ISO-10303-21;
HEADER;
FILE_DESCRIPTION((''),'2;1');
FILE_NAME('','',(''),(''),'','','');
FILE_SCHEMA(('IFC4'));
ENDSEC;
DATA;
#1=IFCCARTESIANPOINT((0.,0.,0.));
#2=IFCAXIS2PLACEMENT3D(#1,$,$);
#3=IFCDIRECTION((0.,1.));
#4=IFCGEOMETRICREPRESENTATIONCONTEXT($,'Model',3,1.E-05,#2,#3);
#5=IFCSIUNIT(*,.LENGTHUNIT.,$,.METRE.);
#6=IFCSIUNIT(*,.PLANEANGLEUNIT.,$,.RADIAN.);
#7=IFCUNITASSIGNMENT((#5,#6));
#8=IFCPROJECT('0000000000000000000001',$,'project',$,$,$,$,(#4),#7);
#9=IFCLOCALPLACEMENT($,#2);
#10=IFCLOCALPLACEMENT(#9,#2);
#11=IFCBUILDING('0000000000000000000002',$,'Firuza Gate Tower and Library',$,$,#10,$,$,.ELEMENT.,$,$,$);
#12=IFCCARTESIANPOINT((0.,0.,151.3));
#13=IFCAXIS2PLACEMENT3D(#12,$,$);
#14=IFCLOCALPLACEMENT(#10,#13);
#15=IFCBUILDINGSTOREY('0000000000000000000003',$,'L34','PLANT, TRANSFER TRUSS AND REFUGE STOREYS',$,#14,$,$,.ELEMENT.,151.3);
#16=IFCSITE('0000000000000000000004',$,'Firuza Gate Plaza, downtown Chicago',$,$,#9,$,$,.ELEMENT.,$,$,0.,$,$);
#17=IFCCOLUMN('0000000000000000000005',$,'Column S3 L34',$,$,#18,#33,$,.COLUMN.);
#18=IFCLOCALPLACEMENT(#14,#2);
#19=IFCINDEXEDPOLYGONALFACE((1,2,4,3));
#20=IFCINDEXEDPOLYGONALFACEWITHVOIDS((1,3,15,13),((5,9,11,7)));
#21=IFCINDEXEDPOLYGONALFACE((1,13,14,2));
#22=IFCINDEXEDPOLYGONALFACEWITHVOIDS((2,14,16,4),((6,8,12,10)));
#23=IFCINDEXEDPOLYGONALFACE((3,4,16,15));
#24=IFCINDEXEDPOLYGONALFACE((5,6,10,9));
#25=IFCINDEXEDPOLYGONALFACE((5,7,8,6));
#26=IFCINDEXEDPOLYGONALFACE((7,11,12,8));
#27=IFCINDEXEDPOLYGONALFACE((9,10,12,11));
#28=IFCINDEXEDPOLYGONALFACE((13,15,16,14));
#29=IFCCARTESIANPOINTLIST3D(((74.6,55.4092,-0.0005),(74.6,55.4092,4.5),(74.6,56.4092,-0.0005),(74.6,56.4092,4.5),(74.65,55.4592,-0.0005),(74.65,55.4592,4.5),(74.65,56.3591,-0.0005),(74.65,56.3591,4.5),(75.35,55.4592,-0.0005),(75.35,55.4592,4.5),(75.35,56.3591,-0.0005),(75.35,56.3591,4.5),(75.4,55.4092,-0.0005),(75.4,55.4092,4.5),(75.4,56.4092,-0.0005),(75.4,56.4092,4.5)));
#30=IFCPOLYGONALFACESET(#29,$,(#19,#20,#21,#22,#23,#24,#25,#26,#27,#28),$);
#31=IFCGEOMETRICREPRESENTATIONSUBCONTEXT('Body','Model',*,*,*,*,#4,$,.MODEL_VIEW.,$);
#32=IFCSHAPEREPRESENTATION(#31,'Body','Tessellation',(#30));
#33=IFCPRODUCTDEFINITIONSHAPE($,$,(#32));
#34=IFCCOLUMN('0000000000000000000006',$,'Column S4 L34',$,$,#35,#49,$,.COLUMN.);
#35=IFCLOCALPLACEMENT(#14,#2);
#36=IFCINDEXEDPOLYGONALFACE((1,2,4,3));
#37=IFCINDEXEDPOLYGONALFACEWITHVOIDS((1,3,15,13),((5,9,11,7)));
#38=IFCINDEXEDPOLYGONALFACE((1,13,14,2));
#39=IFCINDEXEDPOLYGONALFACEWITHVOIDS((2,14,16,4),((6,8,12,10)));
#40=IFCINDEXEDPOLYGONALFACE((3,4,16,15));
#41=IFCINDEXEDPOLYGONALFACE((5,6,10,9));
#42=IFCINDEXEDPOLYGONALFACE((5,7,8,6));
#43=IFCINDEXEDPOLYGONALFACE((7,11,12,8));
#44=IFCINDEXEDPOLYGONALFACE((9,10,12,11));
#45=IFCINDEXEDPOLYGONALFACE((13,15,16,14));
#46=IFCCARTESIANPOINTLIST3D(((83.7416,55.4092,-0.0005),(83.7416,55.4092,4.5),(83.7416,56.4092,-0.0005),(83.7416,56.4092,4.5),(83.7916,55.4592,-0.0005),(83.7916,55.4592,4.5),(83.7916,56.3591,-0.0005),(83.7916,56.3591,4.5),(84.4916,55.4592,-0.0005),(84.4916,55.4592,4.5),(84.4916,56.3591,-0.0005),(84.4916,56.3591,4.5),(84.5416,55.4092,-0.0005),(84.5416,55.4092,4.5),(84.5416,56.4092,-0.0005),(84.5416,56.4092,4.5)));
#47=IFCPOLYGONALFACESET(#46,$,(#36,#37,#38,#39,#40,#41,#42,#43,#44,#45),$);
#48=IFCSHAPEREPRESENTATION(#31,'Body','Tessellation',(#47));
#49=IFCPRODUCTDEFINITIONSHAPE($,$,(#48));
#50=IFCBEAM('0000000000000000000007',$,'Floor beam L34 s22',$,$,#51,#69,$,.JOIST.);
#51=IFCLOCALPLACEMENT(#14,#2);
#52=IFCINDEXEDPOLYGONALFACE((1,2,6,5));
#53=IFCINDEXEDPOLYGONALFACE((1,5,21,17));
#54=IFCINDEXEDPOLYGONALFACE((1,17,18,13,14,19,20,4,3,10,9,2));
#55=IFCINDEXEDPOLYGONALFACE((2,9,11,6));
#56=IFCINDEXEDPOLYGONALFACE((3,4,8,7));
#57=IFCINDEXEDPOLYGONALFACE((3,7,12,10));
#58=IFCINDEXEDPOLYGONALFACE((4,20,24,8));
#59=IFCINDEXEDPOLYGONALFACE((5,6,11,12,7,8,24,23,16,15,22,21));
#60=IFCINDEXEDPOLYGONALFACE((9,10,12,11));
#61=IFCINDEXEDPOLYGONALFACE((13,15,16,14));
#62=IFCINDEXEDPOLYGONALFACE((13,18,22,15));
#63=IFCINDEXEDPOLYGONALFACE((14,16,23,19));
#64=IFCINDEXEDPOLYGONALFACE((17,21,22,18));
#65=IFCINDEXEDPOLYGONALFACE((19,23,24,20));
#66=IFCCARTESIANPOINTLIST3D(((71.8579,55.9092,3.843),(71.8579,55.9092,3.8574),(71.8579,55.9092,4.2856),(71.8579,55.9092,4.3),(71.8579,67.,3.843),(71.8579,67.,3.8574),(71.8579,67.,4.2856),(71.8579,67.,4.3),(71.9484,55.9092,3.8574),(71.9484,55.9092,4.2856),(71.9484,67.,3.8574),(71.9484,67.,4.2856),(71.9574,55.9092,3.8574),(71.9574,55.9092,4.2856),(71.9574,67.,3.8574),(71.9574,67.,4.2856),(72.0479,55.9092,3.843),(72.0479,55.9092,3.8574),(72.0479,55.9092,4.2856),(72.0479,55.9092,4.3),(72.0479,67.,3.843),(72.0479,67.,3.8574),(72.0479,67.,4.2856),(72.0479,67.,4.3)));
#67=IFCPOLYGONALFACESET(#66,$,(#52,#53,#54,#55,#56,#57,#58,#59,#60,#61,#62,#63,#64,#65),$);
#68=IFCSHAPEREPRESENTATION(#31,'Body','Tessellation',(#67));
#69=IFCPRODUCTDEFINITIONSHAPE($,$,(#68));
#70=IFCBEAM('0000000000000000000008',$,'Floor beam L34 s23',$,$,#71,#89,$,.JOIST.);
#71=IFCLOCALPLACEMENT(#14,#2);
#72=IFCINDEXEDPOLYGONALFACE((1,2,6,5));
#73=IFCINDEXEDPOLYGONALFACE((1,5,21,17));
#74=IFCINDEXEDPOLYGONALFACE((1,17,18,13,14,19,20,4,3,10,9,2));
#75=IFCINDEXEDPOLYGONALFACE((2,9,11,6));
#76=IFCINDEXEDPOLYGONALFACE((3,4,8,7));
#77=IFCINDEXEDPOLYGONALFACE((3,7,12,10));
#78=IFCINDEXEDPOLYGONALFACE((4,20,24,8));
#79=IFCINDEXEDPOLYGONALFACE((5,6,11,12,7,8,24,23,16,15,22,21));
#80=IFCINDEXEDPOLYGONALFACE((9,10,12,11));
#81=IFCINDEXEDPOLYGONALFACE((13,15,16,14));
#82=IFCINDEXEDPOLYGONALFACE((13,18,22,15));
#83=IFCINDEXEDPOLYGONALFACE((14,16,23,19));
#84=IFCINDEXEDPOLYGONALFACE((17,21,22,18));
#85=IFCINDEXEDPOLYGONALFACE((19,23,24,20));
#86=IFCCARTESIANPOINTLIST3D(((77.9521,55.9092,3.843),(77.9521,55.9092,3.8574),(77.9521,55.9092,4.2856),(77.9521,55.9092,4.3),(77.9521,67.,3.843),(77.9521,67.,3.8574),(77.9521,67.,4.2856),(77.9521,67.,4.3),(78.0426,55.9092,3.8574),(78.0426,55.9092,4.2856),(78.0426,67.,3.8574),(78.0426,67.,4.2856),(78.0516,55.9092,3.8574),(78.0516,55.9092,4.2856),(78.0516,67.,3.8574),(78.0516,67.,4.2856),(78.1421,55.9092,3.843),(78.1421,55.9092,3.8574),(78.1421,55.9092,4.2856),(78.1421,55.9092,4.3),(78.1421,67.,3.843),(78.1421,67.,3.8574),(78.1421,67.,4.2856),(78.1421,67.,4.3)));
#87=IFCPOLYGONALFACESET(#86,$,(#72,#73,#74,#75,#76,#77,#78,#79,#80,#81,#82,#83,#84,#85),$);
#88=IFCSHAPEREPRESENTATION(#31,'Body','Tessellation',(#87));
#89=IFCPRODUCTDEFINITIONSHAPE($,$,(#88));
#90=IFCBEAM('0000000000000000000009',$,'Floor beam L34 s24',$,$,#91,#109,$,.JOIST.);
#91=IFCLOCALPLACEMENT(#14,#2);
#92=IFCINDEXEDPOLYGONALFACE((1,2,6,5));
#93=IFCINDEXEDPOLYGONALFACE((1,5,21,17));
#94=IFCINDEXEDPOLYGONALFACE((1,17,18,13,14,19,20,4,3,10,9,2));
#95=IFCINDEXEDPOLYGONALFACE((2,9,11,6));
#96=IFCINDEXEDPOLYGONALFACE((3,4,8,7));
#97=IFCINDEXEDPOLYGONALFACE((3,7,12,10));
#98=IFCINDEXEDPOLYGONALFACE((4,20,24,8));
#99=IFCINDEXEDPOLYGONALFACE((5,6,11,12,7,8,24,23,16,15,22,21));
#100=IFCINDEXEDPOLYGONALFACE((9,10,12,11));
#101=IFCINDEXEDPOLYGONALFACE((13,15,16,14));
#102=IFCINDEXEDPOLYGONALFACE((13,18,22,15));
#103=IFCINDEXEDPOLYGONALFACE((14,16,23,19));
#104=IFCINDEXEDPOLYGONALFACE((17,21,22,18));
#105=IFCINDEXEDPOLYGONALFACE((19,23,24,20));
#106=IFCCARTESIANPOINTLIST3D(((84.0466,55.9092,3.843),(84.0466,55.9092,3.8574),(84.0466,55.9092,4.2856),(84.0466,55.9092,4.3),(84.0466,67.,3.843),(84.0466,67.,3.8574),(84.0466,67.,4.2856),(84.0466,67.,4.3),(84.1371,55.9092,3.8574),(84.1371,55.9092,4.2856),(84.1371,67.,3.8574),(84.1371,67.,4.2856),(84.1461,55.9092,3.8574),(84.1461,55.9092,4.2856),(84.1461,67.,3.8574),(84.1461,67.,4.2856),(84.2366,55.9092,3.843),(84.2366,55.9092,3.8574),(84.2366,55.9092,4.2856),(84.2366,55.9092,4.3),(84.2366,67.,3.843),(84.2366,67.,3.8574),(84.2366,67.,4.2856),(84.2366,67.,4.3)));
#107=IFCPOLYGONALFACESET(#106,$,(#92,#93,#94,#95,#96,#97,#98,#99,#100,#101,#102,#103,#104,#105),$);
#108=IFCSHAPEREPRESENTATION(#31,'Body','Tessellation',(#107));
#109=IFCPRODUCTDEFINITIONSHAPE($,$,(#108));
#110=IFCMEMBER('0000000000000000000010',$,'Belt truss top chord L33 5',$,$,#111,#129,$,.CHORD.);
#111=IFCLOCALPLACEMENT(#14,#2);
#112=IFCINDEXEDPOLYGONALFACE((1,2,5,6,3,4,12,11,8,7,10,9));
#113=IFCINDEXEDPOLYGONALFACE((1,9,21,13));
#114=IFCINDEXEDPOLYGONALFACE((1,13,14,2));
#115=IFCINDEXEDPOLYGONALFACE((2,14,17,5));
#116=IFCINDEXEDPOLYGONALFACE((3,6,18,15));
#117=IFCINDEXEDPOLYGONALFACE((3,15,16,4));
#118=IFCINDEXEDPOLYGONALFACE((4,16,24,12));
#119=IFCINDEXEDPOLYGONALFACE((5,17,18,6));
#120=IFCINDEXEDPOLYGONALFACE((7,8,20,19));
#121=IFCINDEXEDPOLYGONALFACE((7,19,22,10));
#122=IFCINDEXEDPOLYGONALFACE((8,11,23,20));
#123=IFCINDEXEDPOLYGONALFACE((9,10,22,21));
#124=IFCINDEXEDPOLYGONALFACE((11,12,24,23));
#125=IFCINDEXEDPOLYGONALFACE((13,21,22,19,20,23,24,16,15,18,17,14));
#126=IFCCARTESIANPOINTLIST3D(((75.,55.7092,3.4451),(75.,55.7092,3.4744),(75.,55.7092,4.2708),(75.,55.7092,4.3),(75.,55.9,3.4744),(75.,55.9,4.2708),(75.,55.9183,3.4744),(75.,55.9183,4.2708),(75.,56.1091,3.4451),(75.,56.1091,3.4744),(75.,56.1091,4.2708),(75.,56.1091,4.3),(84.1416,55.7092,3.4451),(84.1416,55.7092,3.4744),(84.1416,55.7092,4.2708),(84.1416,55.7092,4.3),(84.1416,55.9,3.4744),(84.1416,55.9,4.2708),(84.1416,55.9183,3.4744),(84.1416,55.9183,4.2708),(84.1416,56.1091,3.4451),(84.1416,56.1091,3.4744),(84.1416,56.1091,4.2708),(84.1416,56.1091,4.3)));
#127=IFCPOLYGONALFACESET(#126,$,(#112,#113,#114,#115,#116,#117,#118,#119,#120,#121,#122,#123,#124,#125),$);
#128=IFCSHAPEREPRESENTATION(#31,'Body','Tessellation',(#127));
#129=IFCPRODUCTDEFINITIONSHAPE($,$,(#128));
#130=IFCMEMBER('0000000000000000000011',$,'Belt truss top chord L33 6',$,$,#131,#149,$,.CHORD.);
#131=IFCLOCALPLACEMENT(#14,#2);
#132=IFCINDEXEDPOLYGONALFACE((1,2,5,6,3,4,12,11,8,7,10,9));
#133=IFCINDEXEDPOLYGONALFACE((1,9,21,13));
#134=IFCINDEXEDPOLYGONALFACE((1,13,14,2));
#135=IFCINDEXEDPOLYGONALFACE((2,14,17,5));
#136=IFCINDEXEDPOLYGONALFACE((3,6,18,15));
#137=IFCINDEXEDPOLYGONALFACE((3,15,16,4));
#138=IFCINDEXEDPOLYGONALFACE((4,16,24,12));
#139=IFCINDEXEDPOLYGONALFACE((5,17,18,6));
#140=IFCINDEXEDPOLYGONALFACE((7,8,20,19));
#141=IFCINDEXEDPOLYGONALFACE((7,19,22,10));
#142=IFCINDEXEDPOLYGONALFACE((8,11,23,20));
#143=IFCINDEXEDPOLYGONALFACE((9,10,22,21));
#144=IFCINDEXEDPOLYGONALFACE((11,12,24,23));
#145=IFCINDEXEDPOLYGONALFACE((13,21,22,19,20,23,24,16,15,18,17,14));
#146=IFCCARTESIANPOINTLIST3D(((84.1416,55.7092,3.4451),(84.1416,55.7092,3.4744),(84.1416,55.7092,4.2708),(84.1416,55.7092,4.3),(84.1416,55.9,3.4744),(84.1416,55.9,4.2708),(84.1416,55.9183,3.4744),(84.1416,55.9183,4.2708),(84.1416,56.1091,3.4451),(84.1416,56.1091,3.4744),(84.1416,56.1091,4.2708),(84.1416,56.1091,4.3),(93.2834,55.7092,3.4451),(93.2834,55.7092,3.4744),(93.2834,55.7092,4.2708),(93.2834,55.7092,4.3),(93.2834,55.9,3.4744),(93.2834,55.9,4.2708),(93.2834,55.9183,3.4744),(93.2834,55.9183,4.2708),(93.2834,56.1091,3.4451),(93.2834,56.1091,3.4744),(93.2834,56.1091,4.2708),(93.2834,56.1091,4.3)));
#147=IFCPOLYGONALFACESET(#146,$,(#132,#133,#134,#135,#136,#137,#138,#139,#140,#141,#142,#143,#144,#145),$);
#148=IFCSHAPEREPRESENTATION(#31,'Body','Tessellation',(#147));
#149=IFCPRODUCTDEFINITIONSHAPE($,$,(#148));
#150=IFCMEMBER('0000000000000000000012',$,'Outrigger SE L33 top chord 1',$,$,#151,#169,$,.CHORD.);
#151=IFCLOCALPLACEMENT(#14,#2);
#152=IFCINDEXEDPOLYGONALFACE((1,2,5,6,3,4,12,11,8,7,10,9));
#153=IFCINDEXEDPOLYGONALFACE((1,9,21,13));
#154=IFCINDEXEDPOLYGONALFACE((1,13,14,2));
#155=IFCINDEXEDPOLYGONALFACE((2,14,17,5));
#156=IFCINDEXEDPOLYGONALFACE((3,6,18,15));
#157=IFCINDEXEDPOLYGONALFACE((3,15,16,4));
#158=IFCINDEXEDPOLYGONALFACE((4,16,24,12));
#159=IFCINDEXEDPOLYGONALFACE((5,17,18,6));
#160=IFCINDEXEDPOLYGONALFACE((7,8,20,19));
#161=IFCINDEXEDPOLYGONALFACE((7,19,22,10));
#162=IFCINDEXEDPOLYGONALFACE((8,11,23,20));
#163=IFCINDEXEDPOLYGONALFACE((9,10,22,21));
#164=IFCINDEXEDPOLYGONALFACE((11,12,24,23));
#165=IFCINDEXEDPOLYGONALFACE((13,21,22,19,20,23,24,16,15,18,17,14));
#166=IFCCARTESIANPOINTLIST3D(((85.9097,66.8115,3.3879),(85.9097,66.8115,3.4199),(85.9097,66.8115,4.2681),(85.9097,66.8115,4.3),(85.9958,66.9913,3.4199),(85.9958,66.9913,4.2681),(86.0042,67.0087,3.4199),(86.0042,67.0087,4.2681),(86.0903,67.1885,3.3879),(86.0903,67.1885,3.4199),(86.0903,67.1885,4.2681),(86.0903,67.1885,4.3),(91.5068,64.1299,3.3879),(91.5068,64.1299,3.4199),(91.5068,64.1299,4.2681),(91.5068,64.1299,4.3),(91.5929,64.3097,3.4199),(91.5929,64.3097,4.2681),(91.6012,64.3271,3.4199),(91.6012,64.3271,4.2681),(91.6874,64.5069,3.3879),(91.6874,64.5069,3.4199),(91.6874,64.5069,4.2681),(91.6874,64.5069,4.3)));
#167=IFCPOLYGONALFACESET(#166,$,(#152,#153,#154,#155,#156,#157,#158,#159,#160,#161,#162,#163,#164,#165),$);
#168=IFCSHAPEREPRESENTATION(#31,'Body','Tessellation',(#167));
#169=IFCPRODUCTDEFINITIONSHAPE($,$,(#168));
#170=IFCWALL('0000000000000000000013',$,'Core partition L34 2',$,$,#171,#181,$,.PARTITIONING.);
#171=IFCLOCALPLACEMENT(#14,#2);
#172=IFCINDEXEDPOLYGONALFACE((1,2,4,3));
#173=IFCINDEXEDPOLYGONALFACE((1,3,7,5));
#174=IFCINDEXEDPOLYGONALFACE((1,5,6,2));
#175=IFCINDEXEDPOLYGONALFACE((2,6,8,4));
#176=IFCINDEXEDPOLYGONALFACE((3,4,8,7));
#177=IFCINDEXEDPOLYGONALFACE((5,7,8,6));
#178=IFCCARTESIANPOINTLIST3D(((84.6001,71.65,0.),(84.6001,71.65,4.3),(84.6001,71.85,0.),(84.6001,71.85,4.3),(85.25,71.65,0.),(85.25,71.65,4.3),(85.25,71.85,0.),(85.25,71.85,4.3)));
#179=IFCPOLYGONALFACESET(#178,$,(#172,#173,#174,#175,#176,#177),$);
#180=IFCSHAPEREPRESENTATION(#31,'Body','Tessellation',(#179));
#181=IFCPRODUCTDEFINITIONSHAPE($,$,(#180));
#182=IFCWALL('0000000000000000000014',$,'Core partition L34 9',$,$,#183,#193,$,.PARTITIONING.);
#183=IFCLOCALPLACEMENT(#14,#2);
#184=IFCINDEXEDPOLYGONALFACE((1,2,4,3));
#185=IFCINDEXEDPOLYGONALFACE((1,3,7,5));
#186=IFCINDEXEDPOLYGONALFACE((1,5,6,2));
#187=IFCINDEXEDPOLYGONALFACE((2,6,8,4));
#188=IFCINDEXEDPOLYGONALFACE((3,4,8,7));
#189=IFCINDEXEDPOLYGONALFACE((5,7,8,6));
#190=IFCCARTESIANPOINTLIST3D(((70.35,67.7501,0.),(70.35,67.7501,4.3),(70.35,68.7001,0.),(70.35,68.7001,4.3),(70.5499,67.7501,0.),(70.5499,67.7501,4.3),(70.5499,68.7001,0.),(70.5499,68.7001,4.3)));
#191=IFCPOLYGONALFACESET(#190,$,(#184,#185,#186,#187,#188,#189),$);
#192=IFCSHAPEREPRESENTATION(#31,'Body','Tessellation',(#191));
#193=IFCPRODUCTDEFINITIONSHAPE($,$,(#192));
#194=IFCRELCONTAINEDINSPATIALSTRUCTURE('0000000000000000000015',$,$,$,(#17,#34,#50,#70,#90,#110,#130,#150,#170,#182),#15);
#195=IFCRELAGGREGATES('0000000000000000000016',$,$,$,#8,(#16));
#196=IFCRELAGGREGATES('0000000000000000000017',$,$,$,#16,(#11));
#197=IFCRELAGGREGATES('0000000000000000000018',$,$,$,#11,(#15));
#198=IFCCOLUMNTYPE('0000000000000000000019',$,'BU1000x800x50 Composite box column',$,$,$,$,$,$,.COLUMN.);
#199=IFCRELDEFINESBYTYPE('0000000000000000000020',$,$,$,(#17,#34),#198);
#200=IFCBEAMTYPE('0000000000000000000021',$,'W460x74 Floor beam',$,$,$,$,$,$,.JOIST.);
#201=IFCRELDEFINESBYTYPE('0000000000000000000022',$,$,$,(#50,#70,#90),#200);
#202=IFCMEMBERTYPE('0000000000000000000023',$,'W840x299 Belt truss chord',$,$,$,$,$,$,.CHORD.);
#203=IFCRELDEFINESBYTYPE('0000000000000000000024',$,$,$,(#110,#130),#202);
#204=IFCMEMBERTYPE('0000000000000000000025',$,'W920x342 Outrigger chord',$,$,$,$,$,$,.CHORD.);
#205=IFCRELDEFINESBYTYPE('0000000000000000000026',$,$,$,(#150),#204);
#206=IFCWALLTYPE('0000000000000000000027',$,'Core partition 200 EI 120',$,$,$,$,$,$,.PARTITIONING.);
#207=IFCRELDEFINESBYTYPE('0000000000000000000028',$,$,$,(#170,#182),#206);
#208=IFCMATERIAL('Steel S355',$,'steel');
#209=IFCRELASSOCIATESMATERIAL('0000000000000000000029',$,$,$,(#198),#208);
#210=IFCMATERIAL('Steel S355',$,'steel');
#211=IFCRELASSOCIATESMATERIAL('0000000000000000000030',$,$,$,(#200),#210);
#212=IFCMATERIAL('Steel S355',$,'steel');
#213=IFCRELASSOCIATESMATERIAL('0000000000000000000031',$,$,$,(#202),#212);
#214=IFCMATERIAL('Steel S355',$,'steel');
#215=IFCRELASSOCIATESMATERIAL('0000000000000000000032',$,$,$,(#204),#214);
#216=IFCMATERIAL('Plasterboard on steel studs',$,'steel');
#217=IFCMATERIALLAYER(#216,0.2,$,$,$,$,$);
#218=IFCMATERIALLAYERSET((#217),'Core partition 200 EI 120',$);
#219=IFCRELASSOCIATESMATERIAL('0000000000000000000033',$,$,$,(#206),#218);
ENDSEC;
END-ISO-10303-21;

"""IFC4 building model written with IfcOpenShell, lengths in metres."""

from ifc_helpers import new_model, si_unit, direction, frame, frame_2d, origin, origin_2d, place, context, subcontext, project, spatial, rectangle, hollow_rectangle, i_section, extrude, material, layer, layer_set, material_profile, profile_set, type_object, element, save


model = new_model("IFC4")

# Units and contexts
model_context = context("Model", 3, precision=1e-05, world=origin(), true_north=direction((0.0, 1.0)))
body_context = subcontext(model_context, "Body", "Model", "MODEL_VIEW")
ifc_project = project(units=[si_unit("LENGTHUNIT", "METRE"), si_unit("PLANEANGLEUNIT", "RADIAN")], contexts=[model_context])

# Site, building, storey
site_placement = place(None, origin())
site = spatial("IfcSite", under=ifc_project, at=site_placement, Name="Firuza Gate Plaza, downtown Chicago", CompositionType="ELEMENT", RefElevation=0.0)
building_placement = place(site_placement, origin())
building = spatial("IfcBuilding", under=site, at=building_placement, Name="Firuza Gate Tower and Library", CompositionType="ELEMENT")
storey_placement = place(building_placement, frame((0.0, 0.0, 151.3)))
storey = spatial("IfcBuildingStorey", under=building, at=storey_placement, Name="L34", Description="PLANT, TRANSFER TRUSS AND REFUGE STOREYS", CompositionType="ELEMENT", Elevation=151.3)

# Columns
ifc_material_1 = material(Name="Steel S355", Category="steel")
ifc_material_profile_1 = material_profile(ifc_material_1, hollow_rectangle(XDim=0.8, YDim=1.0, WallThickness=0.05, at=origin_2d()))
ifc_profile_set_1 = profile_set([ifc_material_profile_1], Name="Steel S355")
column_type = type_object("IfcColumnType", Name="BU1000x800x50 Composite box column", PredefinedType="COLUMN", material=ifc_profile_set_1)
for number, where, z_axis, x_axis, name in (
    (1, (75.0, 55.9092, -0.0005), (0.0, 0.0, 1.0), (1.0, 0.0, 0.0), "Column S3 L34"),
    (2, (84.1416, 55.9092, -0.0005), (0.0, 0.0, 1.0), (1.0, 0.0, 0.0), "Column S4 L34"),
):
    element("IfcColumn", number, at=place(storey_placement, frame(where, z_axis=z_axis, x_axis=x_axis)), inside=storey, type_object=column_type, Name=name, PredefinedType="COLUMN", context=body_context, shape_type="SweptSolid", body=[
        extrude(hollow_rectangle(XDim=0.8, YDim=1.0, WallThickness=0.05, at=origin_2d()), origin(), (0.0, 0.0, 1.0), 4.5005),
    ])

# Beams
ifc_material_2 = material(Name="Steel S355", Category="steel")
ifc_material_profile_2 = material_profile(ifc_material_2, i_section(OverallWidth=0.1899, OverallDepth=0.457, WebThickness=0.009, FlangeThickness=0.0144, at=origin_2d()))
ifc_profile_set_2 = profile_set([ifc_material_profile_2], Name="Steel S355")
beam_type = type_object("IfcBeamType", Name="W460x74 Floor beam", PredefinedType="JOIST", material=ifc_profile_set_2)
for number, where, z_axis, x_axis, name in (
    (3, (71.9529, 55.9092, 4.0715), (0.0, 1.0, 0.0), (-1.0, 0.0, 0.0), "Floor beam L34 s22"),
    (4, (78.0471, 55.9092, 4.0715), (0.0, 1.0, 0.0), (-1.0, 0.0, 0.0), "Floor beam L34 s23"),
    (5, (84.1416, 55.9092, 4.0715), (0.0, 1.0, 0.0), (-1.0, 0.0, 0.0), "Floor beam L34 s24"),
):
    element("IfcBeam", number, at=place(storey_placement, frame(where, z_axis=z_axis, x_axis=x_axis)), inside=storey, type_object=beam_type, Name=name, PredefinedType="JOIST", context=body_context, shape_type="SweptSolid", body=[
        extrude(i_section(OverallWidth=0.1899, OverallDepth=0.457, WebThickness=0.009, FlangeThickness=0.0144, at=origin_2d()), origin(), (0.0, 0.0, 1.0), 11.0908),
    ])

# Members
ifc_material_3 = material(Name="Steel S355", Category="steel")
ifc_material_profile_3 = material_profile(ifc_material_3, i_section(OverallWidth=0.3999, OverallDepth=0.855, WebThickness=0.0183, FlangeThickness=0.0293, at=origin_2d()))
ifc_profile_set_3 = profile_set([ifc_material_profile_3], Name="Steel S355")
member_type_1 = type_object("IfcMemberType", Name="W840x299 Belt truss chord", PredefinedType="CHORD", material=ifc_profile_set_3)
member_1_placement = place(storey_placement, frame((75.0, 55.9092, 3.8726), z_axis=(1.0, 0.0, 0.0), x_axis=(0.0, 1.0, 0.0)))
element("IfcMember", 6, at=member_1_placement, inside=storey, type_object=member_type_1, Name="Belt truss top chord L33 5", PredefinedType="CHORD", context=body_context, shape_type="SweptSolid", body=[
    extrude(i_section(OverallWidth=0.3999, OverallDepth=0.855, WebThickness=0.0183, FlangeThickness=0.0293, at=origin_2d()), origin(), (0.0, 0.0, 1.0), 9.1416),
])
member_2_placement = place(storey_placement, frame((84.1416, 55.9092, 3.8726), z_axis=(1.0, 0.0, 0.0), x_axis=(0.0, 1.0, 0.0)))
element("IfcMember", 7, at=member_2_placement, inside=storey, type_object=member_type_1, Name="Belt truss top chord L33 6", PredefinedType="CHORD", context=body_context, shape_type="SweptSolid", body=[
    extrude(i_section(OverallWidth=0.3999, OverallDepth=0.855, WebThickness=0.0183, FlangeThickness=0.0293, at=origin_2d()), origin(), (0.0, 0.0, 1.0), 9.1418),
])
ifc_material_4 = material(Name="Steel S355", Category="steel")
ifc_material_profile_4 = material_profile(ifc_material_4, i_section(OverallWidth=0.418, OverallDepth=0.9121, WebThickness=0.0193, FlangeThickness=0.032, at=origin_2d()))
ifc_profile_set_4 = profile_set([ifc_material_profile_4], Name="Steel S355")
member_type_2 = type_object("IfcMemberType", Name="W920x342 Outrigger chord", PredefinedType="CHORD", material=ifc_profile_set_4)
member_3_placement = place(storey_placement, frame((86.0, 67.0, 3.844), z_axis=(0.901837, -0.432076, 0.0), x_axis=(0.432076, 0.901837, 0.0)))
element("IfcMember", 8, at=member_3_placement, inside=storey, type_object=member_type_2, Name="Outrigger SE L33 top chord 1", PredefinedType="CHORD", context=body_context, shape_type="SweptSolid", body=[
    extrude(i_section(OverallWidth=0.418, OverallDepth=0.9121, WebThickness=0.0193, FlangeThickness=0.032, at=origin_2d()), origin(), (0.0, 0.0, 1.0), 6.2063),
])

# Walls
ifc_material_5 = material(Name="Plasterboard on steel studs", Category="steel")
ifc_layer_1 = layer(ifc_material_5, 0.2)
ifc_layer_set_1 = layer_set([ifc_layer_1], Name="Core partition 200 EI 120")
wall_type_1 = type_object("IfcWallType", Name="Core partition 200 EI 120", PredefinedType="PARTITIONING", material=ifc_layer_set_1)
wall_1_placement = place(storey_placement, frame((84.6001, 71.75, 0.0), z_axis=(0.0, 0.0, 1.0), x_axis=(1.0, 0.0, 0.0)))
element("IfcWall", 9, at=wall_1_placement, inside=storey, type_object=wall_type_1, Name="Core partition L34 2", PredefinedType="PARTITIONING", context=body_context, shape_type="SweptSolid", body=[
    extrude(rectangle(XDim=0.6499, YDim=0.2, at=frame_2d((0.325, 0.0))), origin(), (0.0, 0.0, 1.0), 4.3),
])
for number, where, z_axis, x_axis, name in (
    (10, (70.45, 67.75, 0.0), (0.0, 0.0, 1.0), (0.0, 1.0, 0.0), "Core partition L34 9"),
):
    element("IfcWall", number, at=place(storey_placement, frame(where, z_axis=z_axis, x_axis=x_axis)), inside=storey, type_object=wall_type_1, Name=name, PredefinedType="PARTITIONING", context=body_context, shape_type="SweptSolid", body=[
        extrude(rectangle(XDim=0.95, YDim=0.2, at=frame_2d((0.4751, 0.0))), origin(), (0.0, 0.0, 1.0), 4.3),
    ])

save(model, "model.ifc")
